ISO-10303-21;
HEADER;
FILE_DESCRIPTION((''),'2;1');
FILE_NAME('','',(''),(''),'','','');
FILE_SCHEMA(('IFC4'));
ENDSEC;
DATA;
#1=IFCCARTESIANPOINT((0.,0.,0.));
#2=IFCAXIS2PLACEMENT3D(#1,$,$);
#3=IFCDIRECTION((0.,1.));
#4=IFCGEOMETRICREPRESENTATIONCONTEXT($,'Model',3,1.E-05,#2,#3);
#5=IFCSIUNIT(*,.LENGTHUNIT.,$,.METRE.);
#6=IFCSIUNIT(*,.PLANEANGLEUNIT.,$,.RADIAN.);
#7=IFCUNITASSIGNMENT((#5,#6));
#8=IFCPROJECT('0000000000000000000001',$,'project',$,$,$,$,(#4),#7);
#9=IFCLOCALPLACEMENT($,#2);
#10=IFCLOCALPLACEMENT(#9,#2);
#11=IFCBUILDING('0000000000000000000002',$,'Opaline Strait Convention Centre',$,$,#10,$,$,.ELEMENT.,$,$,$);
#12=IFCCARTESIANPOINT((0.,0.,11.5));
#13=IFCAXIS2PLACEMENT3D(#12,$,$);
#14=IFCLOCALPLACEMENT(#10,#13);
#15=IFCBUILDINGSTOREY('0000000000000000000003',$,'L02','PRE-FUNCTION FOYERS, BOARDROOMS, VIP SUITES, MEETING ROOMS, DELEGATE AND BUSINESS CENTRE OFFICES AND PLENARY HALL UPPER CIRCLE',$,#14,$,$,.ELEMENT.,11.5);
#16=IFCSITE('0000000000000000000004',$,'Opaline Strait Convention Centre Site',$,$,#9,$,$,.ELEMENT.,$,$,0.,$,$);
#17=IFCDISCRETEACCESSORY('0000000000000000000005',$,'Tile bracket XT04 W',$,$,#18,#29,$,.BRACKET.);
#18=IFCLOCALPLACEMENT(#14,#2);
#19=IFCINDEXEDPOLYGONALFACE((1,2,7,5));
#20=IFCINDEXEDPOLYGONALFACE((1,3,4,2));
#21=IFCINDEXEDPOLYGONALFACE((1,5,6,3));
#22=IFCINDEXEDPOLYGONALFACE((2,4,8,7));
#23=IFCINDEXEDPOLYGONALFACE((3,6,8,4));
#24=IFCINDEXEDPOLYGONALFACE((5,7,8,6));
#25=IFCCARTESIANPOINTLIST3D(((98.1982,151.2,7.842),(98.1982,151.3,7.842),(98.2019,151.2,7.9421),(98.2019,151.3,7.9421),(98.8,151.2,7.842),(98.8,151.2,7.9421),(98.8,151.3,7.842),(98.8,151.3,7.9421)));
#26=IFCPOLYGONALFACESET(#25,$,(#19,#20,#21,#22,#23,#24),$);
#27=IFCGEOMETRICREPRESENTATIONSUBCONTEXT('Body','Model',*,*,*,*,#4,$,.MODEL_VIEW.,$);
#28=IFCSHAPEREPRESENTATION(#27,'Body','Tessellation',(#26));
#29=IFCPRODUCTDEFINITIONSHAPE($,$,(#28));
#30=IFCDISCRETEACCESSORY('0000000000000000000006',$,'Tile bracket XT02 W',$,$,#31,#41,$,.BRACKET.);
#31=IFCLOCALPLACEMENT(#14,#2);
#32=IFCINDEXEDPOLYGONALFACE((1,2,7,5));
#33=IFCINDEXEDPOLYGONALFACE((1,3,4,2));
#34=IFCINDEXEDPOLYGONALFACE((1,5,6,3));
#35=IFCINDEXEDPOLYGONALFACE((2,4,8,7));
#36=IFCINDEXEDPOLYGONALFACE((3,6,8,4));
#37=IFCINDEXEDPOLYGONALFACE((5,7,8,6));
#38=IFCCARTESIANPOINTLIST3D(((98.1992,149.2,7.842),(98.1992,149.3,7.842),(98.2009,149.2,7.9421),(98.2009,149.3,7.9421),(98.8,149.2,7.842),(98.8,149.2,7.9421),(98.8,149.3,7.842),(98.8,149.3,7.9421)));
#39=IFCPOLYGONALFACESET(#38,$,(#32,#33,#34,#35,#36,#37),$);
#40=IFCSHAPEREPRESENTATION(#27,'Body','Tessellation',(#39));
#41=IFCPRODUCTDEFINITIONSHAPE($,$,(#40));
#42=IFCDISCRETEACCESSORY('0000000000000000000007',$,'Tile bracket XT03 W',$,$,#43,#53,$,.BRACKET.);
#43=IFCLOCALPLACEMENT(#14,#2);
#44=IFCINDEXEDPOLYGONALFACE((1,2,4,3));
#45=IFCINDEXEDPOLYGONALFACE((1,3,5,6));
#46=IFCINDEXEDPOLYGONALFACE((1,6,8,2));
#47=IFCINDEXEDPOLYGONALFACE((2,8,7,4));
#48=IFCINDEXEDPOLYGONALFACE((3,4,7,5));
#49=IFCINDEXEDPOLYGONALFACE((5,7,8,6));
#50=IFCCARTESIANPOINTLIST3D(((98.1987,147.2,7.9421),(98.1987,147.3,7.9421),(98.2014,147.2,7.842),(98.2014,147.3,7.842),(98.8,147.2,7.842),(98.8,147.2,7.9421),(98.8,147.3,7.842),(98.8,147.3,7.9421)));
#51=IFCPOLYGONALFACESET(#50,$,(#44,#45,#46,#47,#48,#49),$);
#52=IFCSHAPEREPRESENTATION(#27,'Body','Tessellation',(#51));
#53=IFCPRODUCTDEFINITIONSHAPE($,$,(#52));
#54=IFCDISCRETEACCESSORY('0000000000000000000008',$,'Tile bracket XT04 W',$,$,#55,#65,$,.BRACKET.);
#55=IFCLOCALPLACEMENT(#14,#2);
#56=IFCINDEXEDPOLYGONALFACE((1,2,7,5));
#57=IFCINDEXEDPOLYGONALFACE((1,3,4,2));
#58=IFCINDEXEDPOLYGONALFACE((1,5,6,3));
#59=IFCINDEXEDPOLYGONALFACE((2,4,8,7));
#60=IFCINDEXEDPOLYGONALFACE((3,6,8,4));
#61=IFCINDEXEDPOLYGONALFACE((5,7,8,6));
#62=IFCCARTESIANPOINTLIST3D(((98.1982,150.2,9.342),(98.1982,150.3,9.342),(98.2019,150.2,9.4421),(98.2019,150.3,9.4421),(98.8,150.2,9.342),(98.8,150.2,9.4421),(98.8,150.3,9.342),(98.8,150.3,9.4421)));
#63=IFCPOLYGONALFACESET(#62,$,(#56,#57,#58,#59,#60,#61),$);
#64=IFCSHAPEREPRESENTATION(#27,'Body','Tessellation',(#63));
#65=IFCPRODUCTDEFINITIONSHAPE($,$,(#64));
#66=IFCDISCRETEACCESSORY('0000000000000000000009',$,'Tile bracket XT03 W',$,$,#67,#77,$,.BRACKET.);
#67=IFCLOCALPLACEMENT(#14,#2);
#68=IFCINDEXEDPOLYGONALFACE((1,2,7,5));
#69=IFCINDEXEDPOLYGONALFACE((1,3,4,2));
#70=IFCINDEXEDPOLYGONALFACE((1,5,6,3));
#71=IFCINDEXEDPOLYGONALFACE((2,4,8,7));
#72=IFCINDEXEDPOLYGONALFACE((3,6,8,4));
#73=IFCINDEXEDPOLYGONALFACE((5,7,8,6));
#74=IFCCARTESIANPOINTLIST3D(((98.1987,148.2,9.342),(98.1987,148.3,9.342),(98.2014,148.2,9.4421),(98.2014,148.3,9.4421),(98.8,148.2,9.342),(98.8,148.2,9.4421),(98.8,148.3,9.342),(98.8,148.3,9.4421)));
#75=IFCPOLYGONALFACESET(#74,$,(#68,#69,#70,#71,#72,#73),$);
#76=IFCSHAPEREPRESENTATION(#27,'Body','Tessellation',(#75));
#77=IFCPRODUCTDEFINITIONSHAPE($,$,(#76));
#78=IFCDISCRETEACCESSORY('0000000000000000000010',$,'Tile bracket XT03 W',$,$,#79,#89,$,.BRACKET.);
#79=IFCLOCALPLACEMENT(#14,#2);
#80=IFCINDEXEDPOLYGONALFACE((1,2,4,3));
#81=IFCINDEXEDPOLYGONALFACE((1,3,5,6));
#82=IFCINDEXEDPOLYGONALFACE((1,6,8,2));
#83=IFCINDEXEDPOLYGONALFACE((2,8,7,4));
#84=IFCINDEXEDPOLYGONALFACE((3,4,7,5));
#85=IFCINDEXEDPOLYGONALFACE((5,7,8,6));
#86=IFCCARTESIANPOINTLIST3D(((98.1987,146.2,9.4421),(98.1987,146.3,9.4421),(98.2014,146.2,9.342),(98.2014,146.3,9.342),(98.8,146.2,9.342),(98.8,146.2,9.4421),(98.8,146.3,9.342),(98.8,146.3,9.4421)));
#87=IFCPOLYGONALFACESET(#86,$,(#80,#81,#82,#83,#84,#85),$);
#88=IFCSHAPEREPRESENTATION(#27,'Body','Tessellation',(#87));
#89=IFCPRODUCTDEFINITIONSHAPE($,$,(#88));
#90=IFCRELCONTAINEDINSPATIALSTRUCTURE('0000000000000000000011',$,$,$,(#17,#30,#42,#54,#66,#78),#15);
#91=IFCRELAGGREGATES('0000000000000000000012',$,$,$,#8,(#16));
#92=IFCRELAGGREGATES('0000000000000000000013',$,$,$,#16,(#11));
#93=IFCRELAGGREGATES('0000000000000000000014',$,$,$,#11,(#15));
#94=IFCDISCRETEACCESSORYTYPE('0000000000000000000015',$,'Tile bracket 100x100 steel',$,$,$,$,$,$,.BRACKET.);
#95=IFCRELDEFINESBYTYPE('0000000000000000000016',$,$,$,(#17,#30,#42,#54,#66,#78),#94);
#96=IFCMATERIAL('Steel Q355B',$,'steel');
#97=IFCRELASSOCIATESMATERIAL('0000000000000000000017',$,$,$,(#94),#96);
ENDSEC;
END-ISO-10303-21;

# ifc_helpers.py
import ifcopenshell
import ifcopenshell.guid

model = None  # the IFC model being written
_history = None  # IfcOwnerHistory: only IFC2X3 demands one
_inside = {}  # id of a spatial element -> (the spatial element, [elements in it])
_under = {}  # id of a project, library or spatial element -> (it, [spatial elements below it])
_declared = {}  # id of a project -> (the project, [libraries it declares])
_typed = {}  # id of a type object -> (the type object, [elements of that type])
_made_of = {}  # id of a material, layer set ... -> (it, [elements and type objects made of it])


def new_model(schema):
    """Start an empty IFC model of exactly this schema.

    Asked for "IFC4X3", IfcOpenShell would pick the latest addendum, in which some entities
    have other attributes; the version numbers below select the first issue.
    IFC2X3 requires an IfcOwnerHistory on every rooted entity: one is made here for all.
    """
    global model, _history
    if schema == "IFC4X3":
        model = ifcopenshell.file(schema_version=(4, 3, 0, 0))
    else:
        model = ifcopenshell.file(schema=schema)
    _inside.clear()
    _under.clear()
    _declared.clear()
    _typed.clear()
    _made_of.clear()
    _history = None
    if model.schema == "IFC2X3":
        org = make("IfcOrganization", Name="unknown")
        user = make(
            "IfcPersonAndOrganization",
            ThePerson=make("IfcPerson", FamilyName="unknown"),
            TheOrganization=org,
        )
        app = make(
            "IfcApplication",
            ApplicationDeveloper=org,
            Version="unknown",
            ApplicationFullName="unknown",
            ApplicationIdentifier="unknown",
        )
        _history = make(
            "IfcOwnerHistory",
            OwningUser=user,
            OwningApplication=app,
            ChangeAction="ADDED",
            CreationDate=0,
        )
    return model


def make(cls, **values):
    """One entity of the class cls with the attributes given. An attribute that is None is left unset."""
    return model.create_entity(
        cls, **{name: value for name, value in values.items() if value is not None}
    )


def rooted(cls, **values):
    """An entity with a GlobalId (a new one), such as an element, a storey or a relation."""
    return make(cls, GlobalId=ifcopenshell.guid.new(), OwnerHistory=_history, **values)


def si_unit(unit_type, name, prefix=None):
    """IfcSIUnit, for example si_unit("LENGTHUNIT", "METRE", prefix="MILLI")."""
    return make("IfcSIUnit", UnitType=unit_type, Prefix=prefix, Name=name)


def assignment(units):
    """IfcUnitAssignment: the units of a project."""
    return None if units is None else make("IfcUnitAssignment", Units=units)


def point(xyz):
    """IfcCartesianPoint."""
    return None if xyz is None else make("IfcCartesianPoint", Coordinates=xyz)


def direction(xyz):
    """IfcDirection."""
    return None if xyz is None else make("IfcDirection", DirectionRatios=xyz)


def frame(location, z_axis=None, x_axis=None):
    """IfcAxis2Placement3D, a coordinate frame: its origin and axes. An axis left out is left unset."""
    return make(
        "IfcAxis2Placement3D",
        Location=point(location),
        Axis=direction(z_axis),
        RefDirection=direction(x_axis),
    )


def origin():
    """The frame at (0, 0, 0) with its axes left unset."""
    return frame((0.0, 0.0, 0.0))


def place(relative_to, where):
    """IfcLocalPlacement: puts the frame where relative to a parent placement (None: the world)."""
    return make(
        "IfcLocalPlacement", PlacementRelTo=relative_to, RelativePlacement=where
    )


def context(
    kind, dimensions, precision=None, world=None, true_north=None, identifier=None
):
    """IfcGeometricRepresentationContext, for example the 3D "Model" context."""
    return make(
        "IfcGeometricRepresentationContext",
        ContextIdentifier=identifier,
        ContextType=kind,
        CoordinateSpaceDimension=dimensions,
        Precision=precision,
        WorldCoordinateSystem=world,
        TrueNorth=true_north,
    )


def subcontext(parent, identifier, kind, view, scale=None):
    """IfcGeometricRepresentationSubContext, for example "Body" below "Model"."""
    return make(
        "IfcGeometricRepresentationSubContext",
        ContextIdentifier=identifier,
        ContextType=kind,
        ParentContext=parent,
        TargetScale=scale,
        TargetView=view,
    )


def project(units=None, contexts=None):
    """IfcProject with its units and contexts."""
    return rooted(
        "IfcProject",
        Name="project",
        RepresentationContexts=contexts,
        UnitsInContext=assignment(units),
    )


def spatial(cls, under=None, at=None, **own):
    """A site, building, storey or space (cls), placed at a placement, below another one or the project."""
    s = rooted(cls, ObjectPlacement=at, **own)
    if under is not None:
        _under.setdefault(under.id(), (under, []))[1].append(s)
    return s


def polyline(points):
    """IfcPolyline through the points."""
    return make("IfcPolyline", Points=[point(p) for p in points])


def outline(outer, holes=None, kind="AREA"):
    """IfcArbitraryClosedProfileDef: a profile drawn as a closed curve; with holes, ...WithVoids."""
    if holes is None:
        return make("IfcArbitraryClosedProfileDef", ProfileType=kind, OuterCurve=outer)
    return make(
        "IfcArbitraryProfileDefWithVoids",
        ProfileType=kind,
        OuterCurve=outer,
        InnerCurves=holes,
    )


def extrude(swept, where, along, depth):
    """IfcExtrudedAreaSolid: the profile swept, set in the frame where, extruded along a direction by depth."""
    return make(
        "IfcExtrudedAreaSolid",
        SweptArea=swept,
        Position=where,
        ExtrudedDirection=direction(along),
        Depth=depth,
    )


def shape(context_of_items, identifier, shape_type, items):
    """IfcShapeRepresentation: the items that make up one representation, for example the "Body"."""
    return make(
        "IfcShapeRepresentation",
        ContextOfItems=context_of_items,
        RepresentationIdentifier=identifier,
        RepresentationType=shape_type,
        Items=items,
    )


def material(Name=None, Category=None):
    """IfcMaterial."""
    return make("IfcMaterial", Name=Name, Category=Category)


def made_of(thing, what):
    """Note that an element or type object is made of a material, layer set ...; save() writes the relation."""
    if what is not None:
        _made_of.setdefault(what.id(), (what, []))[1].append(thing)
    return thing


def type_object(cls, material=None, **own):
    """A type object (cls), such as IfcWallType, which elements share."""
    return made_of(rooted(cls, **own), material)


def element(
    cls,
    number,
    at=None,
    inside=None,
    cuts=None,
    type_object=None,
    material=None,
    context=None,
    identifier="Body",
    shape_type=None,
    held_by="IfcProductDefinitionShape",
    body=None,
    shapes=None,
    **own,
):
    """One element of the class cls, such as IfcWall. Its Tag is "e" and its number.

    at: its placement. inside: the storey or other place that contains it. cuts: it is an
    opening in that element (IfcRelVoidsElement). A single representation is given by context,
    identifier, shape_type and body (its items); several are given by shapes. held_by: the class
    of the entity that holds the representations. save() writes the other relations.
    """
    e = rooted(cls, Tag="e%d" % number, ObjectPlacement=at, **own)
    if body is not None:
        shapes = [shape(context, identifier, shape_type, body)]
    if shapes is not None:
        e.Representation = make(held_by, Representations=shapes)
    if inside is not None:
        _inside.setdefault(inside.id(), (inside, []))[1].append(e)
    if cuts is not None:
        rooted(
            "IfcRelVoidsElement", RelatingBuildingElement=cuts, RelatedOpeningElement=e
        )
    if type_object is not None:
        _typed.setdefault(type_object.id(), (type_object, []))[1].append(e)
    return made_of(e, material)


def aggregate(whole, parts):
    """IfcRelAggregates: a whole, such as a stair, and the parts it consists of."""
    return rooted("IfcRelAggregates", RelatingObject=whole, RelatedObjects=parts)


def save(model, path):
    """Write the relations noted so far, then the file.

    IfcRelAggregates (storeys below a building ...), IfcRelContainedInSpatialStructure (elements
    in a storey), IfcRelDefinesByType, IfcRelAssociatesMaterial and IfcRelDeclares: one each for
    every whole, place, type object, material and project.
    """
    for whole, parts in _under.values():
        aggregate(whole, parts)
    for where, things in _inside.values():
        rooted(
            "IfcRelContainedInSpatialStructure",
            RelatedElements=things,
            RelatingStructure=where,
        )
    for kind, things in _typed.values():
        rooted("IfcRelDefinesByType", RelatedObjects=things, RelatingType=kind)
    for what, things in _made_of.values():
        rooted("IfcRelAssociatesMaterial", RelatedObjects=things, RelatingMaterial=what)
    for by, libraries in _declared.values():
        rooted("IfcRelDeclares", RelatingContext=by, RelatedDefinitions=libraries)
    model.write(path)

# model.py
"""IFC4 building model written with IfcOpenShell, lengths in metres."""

from ifc_helpers import new_model, si_unit, direction, frame, origin, place, context, subcontext, project, spatial, polyline, outline, extrude, material, type_object, element, save


model = new_model("IFC4")

# Units and contexts
model_context = context("Model", 3, precision=1e-05, world=origin(), true_north=direction((0.0, 1.0)))
body_context = subcontext(model_context, "Body", "Model", "MODEL_VIEW")
ifc_project = project(units=[si_unit("LENGTHUNIT", "METRE"), si_unit("PLANEANGLEUNIT", "RADIAN")], contexts=[model_context])

# Site, building, storey
site_placement = place(None, origin())
site = spatial("IfcSite", under=ifc_project, at=site_placement, Name="Opaline Strait Convention Centre Site", CompositionType="ELEMENT", RefElevation=0.0)
building_placement = place(site_placement, origin())
building = spatial("IfcBuilding", under=site, at=building_placement, Name="Opaline Strait Convention Centre", CompositionType="ELEMENT")
storey_placement = place(building_placement, frame((0.0, 0.0, 11.5)))
storey = spatial("IfcBuildingStorey", under=building, at=storey_placement, Name="L02", Description="PRE-FUNCTION FOYERS, BOARDROOMS, VIP SUITES, MEETING ROOMS, DELEGATE AND BUSINESS CENTRE OFFICES AND PLENARY HALL UPPER CIRCLE", CompositionType="ELEMENT", Elevation=11.5)

# Shared definitions
ifc_material_1 = material(Name="Steel Q355B", Category="steel")

# Discrete accessories
discrete_accessory_type = type_object("IfcDiscreteAccessoryType", Name="Tile bracket 100x100 steel", PredefinedType="BRACKET", material=ifc_material_1)
discrete_accessory_1_placement = place(storey_placement, frame((98.8, 151.3, 7.8921), z_axis=(0.0, -1.0, 0.0), x_axis=(1.0, 0.0, 0.0)))
element("IfcDiscreteAccessory", 1, at=discrete_accessory_1_placement, inside=storey, type_object=discrete_accessory_type, Name="Tile bracket XT04 W", PredefinedType="BRACKET", context=body_context, shape_type="SweptSolid", body=[
    extrude(outline(polyline([(0.0, -0.05), (0.0, 0.05), (-0.5981, 0.05), (-0.6018, -0.05), (0.0, -0.05)])), origin(), (0.0, 0.0, 1.0), 0.1001),
])
discrete_accessory_2_placement = place(storey_placement, frame((98.8, 149.3, 7.8921), z_axis=(0.0, -1.0, 0.0), x_axis=(1.0, 0.0, 0.0)))
element("IfcDiscreteAccessory", 2, at=discrete_accessory_2_placement, inside=storey, type_object=discrete_accessory_type, Name="Tile bracket XT02 W", PredefinedType="BRACKET", context=body_context, shape_type="SweptSolid", body=[
    extrude(outline(polyline([(0.0, -0.05), (0.0, 0.05), (-0.5991, 0.05), (-0.6008, -0.05), (0.0, -0.05)])), origin(), (0.0, 0.0, 1.0), 0.1001),
])
discrete_accessory_3_placement = place(storey_placement, frame((98.8, 147.3, 7.8921), z_axis=(0.0, -1.0, 0.0), x_axis=(1.0, 0.0, 0.0)))
element("IfcDiscreteAccessory", 3, at=discrete_accessory_3_placement, inside=storey, type_object=discrete_accessory_type, Name="Tile bracket XT03 W", PredefinedType="BRACKET", context=body_context, shape_type="SweptSolid", body=[
    extrude(outline(polyline([(0.0, -0.05), (0.0, 0.05), (-0.6013, 0.05), (-0.5986, -0.05), (0.0, -0.05)])), origin(), (0.0, 0.0, 1.0), 0.1001),
])
discrete_accessory_4_placement = place(storey_placement, frame((98.8, 150.3, 9.3921), z_axis=(0.0, -1.0, 0.0), x_axis=(1.0, 0.0, 0.0)))
element("IfcDiscreteAccessory", 4, at=discrete_accessory_4_placement, inside=storey, type_object=discrete_accessory_type, Name="Tile bracket XT04 W", PredefinedType="BRACKET", context=body_context, shape_type="SweptSolid", body=[
    extrude(outline(polyline([(0.0, -0.05), (0.0, 0.05), (-0.5981, 0.05), (-0.6018, -0.05), (0.0, -0.05)])), origin(), (0.0, 0.0, 1.0), 0.1001),
])
discrete_accessory_5_placement = place(storey_placement, frame((98.8, 148.3, 9.3921), z_axis=(0.0, -1.0, 0.0), x_axis=(1.0, 0.0, 0.0)))
element("IfcDiscreteAccessory", 5, at=discrete_accessory_5_placement, inside=storey, type_object=discrete_accessory_type, Name="Tile bracket XT03 W", PredefinedType="BRACKET", context=body_context, shape_type="SweptSolid", body=[
    extrude(outline(polyline([(0.0, -0.05), (0.0, 0.05), (-0.5986, 0.05), (-0.6013, -0.05), (0.0, -0.05)])), origin(), (0.0, 0.0, 1.0), 0.1001),
])
discrete_accessory_6_placement = place(storey_placement, frame((98.8, 146.3, 9.3921), z_axis=(0.0, -1.0, 0.0), x_axis=(1.0, 0.0, 0.0)))
element("IfcDiscreteAccessory", 6, at=discrete_accessory_6_placement, inside=storey, type_object=discrete_accessory_type, Name="Tile bracket XT03 W", PredefinedType="BRACKET", context=body_context, shape_type="SweptSolid", body=[
    extrude(outline(polyline([(0.0, -0.05), (0.0, 0.05), (-0.6013, 0.05), (-0.5986, -0.05), (0.0, -0.05)])), origin(), (0.0, 0.0, 1.0), 0.1001),
])

save(model, "model.ifc")
